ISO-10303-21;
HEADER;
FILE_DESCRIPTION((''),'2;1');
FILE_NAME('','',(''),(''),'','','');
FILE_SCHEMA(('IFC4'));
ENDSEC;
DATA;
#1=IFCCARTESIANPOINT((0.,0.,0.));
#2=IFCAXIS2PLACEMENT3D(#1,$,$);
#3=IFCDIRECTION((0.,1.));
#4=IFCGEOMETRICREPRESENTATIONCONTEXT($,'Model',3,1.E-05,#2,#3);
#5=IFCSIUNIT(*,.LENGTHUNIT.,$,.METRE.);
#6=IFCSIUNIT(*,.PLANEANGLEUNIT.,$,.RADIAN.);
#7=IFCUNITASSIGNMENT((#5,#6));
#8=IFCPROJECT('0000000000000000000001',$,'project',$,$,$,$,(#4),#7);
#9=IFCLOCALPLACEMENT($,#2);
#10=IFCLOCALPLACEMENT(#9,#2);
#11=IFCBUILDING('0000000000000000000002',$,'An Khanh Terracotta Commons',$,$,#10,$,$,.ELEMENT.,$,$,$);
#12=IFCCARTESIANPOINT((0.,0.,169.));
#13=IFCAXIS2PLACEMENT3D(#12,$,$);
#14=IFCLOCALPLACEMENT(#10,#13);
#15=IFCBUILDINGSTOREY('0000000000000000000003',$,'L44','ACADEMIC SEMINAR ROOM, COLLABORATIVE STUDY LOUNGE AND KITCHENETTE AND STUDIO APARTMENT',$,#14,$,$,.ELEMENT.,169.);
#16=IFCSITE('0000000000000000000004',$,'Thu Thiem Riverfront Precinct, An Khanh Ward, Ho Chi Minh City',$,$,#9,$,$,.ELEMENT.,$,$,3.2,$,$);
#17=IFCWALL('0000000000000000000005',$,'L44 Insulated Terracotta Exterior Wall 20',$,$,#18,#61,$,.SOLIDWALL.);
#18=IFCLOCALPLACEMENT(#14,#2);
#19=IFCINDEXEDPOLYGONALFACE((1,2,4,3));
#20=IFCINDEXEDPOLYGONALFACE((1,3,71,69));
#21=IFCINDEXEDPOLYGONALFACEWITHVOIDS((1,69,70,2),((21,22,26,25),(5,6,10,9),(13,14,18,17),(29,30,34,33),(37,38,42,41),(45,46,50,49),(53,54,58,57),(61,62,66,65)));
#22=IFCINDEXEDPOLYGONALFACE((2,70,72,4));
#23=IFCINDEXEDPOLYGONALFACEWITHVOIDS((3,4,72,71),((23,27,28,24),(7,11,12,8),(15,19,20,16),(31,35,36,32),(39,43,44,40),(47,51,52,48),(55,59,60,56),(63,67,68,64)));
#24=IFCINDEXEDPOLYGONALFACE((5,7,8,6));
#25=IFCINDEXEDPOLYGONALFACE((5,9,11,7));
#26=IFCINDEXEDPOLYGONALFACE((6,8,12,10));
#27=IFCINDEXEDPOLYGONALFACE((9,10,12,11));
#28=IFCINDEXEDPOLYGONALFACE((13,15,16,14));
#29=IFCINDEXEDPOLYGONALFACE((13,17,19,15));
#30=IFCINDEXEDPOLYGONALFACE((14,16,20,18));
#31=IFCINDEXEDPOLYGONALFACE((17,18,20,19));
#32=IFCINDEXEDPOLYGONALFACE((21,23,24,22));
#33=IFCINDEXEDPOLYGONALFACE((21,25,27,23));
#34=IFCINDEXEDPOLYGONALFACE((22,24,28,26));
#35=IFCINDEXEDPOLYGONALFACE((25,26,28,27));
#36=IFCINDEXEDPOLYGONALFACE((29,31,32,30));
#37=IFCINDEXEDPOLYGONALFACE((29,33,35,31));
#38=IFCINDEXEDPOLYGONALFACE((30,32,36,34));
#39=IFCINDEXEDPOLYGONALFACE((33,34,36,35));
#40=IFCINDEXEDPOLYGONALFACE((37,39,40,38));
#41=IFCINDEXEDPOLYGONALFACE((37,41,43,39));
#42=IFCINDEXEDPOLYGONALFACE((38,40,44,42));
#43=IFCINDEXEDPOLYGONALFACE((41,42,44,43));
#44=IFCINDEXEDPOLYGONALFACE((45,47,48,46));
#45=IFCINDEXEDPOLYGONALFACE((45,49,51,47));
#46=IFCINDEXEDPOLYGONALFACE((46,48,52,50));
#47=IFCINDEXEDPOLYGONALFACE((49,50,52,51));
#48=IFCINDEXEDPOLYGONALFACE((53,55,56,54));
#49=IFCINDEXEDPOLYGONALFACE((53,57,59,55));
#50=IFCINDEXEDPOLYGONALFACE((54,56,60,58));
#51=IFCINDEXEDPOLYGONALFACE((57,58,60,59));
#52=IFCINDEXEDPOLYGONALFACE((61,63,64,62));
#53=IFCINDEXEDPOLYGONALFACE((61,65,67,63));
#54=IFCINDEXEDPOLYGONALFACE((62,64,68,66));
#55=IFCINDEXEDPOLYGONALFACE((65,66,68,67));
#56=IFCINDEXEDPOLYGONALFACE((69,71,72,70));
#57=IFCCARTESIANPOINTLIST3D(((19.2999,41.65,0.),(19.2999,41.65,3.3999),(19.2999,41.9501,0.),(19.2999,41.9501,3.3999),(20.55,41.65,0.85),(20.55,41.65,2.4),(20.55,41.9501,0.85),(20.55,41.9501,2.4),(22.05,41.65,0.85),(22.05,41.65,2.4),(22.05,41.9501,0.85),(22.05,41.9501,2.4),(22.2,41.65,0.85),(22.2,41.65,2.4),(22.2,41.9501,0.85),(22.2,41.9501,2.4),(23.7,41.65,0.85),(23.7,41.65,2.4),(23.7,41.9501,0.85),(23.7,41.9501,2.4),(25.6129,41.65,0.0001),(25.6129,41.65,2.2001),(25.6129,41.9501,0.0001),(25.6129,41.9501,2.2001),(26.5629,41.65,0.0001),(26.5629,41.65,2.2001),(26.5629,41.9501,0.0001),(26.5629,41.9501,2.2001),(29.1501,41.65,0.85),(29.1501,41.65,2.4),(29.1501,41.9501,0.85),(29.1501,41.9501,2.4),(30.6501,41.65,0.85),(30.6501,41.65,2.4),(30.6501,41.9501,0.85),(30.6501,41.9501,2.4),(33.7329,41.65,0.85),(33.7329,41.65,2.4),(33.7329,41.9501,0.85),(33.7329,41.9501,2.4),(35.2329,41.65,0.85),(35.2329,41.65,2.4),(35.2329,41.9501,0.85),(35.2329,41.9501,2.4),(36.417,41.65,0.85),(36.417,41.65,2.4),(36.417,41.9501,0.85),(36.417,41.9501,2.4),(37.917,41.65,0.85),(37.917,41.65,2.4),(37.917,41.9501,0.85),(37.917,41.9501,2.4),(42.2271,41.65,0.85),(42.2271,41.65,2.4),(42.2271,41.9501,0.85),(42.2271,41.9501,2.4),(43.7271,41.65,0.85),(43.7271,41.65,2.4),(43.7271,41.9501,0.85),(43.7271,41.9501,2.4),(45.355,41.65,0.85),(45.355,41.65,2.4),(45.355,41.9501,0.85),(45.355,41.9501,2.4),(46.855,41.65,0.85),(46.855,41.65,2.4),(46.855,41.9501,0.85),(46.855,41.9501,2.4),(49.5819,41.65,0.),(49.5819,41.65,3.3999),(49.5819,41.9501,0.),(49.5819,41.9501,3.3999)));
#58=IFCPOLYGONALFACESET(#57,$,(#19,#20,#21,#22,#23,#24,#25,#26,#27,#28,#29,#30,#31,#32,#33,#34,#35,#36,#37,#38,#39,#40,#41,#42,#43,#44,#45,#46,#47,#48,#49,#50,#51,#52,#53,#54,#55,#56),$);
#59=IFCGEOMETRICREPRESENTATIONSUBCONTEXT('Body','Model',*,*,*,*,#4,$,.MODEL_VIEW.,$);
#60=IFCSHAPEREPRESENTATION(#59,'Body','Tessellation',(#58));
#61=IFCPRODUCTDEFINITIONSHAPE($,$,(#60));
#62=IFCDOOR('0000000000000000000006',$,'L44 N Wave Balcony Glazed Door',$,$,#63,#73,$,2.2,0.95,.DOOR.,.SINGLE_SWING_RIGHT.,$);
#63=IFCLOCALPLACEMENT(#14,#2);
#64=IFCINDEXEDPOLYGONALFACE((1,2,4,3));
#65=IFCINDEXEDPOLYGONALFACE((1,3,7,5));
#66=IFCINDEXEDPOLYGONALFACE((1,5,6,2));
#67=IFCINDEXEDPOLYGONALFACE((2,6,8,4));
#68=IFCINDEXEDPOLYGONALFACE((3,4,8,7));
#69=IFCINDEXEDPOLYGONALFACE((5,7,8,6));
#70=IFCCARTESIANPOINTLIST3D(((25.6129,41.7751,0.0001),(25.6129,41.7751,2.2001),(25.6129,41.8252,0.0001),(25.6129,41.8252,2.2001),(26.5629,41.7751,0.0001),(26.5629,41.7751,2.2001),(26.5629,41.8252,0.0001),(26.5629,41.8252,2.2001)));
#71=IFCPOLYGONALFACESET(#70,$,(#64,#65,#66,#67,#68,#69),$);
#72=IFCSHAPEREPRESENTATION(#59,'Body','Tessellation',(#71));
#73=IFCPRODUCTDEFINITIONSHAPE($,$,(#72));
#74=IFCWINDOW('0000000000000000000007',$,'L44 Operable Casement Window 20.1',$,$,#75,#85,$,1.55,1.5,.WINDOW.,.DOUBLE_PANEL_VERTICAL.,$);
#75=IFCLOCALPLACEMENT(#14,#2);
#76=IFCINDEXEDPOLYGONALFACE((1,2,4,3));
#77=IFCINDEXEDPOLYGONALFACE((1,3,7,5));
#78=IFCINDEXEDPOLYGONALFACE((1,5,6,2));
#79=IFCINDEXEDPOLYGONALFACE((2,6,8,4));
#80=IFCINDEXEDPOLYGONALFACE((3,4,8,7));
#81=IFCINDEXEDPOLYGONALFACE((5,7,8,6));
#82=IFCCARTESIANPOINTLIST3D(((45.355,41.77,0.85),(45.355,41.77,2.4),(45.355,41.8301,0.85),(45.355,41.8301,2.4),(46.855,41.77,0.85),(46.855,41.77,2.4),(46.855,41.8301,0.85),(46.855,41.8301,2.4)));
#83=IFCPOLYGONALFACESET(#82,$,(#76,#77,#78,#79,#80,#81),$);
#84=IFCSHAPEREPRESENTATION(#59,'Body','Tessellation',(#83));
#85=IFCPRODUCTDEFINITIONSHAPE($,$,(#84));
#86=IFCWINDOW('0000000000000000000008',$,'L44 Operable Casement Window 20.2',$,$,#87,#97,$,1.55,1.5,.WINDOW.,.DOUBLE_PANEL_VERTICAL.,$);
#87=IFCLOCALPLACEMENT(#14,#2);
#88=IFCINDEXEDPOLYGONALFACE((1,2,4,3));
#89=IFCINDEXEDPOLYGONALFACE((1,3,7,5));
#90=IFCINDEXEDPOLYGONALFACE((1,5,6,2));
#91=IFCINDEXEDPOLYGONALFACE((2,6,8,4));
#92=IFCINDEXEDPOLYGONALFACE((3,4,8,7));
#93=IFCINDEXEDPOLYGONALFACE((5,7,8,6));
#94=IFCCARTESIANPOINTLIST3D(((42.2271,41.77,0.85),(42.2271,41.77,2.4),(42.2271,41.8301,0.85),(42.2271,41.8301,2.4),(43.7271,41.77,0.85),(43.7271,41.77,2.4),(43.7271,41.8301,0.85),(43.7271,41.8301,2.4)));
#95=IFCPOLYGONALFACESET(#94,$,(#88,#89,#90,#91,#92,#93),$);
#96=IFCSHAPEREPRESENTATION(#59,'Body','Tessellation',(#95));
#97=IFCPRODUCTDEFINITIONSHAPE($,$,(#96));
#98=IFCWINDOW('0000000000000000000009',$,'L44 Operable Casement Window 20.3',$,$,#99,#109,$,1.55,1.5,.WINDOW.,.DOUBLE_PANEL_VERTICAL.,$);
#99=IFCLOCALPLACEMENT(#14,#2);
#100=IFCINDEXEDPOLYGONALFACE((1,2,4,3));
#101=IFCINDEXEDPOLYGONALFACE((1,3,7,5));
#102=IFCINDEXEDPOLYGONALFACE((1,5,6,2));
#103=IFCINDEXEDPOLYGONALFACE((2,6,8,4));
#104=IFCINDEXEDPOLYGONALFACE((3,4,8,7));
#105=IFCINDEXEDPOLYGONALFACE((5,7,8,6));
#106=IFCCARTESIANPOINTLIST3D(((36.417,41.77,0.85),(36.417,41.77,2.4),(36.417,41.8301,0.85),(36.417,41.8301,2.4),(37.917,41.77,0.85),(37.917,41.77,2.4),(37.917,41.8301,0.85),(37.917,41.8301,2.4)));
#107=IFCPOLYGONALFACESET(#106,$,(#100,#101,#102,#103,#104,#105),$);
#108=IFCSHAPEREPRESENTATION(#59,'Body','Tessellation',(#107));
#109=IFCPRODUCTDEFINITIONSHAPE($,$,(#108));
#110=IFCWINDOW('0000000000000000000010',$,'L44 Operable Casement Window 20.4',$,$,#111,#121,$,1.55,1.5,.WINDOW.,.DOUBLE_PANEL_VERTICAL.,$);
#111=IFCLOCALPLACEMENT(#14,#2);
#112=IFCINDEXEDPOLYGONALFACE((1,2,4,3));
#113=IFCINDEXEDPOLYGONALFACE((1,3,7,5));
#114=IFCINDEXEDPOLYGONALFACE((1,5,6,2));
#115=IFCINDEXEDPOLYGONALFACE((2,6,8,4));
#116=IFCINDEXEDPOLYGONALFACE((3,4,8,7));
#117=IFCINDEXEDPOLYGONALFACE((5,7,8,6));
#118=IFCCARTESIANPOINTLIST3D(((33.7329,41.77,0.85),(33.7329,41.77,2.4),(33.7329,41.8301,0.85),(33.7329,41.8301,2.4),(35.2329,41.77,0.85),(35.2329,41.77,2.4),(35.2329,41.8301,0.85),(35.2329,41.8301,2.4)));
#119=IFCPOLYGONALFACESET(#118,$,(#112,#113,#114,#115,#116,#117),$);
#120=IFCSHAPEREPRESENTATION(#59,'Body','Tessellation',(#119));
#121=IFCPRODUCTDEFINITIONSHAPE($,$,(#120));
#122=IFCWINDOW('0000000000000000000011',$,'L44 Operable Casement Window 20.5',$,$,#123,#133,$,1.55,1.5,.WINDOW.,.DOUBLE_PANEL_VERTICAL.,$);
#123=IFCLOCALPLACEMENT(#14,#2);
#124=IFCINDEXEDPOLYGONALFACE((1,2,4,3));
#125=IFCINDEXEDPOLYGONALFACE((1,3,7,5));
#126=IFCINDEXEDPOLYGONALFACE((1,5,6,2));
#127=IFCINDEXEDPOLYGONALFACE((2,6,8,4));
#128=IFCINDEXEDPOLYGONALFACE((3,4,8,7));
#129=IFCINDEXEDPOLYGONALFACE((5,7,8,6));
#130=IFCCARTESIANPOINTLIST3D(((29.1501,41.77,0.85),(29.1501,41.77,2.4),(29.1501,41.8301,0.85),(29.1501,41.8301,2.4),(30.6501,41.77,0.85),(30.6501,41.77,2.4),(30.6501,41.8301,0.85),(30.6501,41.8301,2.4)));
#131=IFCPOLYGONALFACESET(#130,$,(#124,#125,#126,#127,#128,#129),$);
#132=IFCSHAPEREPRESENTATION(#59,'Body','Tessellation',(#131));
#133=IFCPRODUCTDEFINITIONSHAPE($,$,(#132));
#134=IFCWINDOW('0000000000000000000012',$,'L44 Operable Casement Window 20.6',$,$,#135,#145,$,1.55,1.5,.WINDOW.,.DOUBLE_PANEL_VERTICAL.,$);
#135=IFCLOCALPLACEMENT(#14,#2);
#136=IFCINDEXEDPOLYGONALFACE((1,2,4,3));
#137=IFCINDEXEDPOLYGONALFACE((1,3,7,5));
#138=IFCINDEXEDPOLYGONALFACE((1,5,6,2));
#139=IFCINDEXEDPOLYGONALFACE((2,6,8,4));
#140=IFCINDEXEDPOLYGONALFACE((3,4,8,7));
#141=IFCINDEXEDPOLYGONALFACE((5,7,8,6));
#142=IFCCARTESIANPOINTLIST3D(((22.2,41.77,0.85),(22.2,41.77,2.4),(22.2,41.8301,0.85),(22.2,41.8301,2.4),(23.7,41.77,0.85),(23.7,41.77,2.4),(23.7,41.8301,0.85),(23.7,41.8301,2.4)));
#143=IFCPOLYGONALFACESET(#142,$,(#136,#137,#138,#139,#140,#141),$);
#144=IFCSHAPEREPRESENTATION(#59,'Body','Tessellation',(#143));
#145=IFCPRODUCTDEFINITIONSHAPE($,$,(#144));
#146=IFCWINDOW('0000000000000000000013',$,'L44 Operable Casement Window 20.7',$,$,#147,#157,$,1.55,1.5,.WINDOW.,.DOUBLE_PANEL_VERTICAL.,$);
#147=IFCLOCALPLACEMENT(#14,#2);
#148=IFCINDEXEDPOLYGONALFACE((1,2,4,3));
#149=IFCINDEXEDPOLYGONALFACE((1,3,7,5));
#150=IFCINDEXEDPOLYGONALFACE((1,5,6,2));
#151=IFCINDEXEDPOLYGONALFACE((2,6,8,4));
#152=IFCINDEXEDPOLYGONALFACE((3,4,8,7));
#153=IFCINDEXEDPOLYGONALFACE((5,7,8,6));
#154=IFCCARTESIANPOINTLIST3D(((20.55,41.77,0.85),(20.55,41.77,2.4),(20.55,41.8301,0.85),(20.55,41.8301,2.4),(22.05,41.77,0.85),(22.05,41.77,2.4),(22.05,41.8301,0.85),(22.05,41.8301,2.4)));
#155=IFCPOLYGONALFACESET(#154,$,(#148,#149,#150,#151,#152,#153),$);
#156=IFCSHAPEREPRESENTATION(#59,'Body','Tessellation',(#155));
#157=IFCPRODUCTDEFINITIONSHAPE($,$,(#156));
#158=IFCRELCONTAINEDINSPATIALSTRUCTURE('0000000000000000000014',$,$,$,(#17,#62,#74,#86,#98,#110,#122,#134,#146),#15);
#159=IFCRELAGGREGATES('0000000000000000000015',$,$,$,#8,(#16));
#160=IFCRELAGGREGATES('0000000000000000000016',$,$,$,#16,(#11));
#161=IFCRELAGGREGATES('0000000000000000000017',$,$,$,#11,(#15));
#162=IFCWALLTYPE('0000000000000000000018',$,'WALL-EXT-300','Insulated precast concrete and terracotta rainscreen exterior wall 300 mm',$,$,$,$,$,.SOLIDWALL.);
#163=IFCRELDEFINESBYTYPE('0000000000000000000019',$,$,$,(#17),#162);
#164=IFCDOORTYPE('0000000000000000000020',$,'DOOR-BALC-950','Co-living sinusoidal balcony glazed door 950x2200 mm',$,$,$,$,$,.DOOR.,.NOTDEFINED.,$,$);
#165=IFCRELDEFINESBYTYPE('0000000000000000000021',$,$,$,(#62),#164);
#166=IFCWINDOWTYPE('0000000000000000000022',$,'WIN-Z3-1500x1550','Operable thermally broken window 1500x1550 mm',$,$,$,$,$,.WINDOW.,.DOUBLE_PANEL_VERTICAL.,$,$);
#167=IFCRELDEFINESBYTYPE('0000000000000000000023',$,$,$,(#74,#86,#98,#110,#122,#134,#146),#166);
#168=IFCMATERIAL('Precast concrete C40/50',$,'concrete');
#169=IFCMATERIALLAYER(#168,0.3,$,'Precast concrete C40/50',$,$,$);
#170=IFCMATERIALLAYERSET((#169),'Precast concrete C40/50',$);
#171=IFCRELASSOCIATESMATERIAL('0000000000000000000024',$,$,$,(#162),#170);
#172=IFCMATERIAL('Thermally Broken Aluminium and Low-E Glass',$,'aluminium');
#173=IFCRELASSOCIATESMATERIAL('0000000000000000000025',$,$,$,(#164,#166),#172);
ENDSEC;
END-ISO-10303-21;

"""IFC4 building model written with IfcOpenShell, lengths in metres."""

from ifc_helpers import new_model, si_unit, direction, frame, frame_2d, origin, place, context, subcontext, project, spatial, rectangle, extrude, material, layer, layer_set, type_object, element, fill, save


model = new_model("IFC4")

# Units and contexts
model_context = context("Model", 3, precision=1e-05, world=origin(), true_north=direction((0.0, 1.0)))
body_context = subcontext(model_context, "Body", "Model", "MODEL_VIEW")
ifc_project = project(units=[si_unit("LENGTHUNIT", "METRE"), si_unit("PLANEANGLEUNIT", "RADIAN")], contexts=[model_context])

# Site, building, storey
site_placement = place(None, origin())
site = spatial("IfcSite", under=ifc_project, at=site_placement, Name="Thu Thiem Riverfront Precinct, An Khanh Ward, Ho Chi Minh City", CompositionType="ELEMENT", RefElevation=3.2)
building_placement = place(site_placement, origin())
building = spatial("IfcBuilding", under=site, at=building_placement, Name="An Khanh Terracotta Commons", CompositionType="ELEMENT")
storey_placement = place(building_placement, frame((0.0, 0.0, 169.0)))
storey = spatial("IfcBuildingStorey", under=building, at=storey_placement, Name="L44", Description="ACADEMIC SEMINAR ROOM, COLLABORATIVE STUDY LOUNGE AND KITCHENETTE AND STUDIO APARTMENT", CompositionType="ELEMENT", Elevation=169.0)

# Shared definitions
ifc_material_1 = material(Name="Precast concrete C40/50", Category="concrete")
ifc_layer_1 = layer(ifc_material_1, 0.3, Name="Precast concrete C40/50")
ifc_layer_set_1 = layer_set([ifc_layer_1], Name="Precast concrete C40/50")
wall_type_1 = type_object("IfcWallType", Name="WALL-EXT-300", Description="Insulated precast concrete and terracotta rainscreen exterior wall 300 mm", PredefinedType="SOLIDWALL", material=ifc_layer_set_1)

# Wall, openings, door, windows
wall_1_placement = place(storey_placement, frame((49.582, 41.8, 0.0), z_axis=(0.0, 0.0, 1.0), x_axis=(-1.0, 0.0, 0.0)))
wall_1 = element("IfcWall", 1, at=wall_1_placement, inside=storey, type_object=wall_type_1, Name="L44 Insulated Terracotta Exterior Wall 20", PredefinedType="SOLIDWALL", context=body_context, shape_type="SweptSolid", body=[
    extrude(rectangle(XDim=30.282, YDim=0.3, at=frame_2d((15.1411, 0.0))), origin(), (0.0, 0.0, 1.0), 3.3999),
])
opening_1_placement = place(wall_1_placement, frame((23.019, 0.0, 0.0)))
opening_1 = element("IfcOpeningElement", 2, at=opening_1_placement, cuts=wall_1, PredefinedType="OPENING", context=body_context, shape_type="SweptSolid", body=[
    extrude(rectangle(XDim=0.95, YDim=2.2, at=frame_2d((0.4751, 1.1001))), frame((0.0, 0.1599, 0.0), z_axis=(0.0, -1.0, 0.0), x_axis=(1.0, 0.0, 0.0)), (0.0, 0.0, 1.0), 0.3201),
])
opening_2_placement = place(wall_1_placement, frame((2.7271, 0.0, 0.8501)))
opening_2 = element("IfcOpeningElement", 3, at=opening_2_placement, cuts=wall_1, PredefinedType="OPENING", context=body_context, shape_type="SweptSolid", body=[
    extrude(rectangle(XDim=1.5, YDim=1.55, at=frame_2d((0.75, 0.7749))), frame((0.0, 0.1599, 0.0), z_axis=(0.0, -1.0, 0.0), x_axis=(1.0, 0.0, 0.0)), (0.0, 0.0, 1.0), 0.3201),
])
opening_3_placement = place(wall_1_placement, frame((5.855, 0.0, 0.8501)))
opening_3 = element("IfcOpeningElement", 4, at=opening_3_placement, cuts=wall_1, PredefinedType="OPENING", context=body_context, shape_type="SweptSolid", body=[
    extrude(rectangle(XDim=1.5, YDim=1.55, at=frame_2d((0.75, 0.7749))), frame((0.0, 0.1599, 0.0), z_axis=(0.0, -1.0, 0.0), x_axis=(1.0, 0.0, 0.0)), (0.0, 0.0, 1.0), 0.3201),
])
opening_4_placement = place(wall_1_placement, frame((11.665, 0.0, 0.8501)))
opening_4 = element("IfcOpeningElement", 5, at=opening_4_placement, cuts=wall_1, PredefinedType="OPENING", context=body_context, shape_type="SweptSolid", body=[
    extrude(rectangle(XDim=1.5, YDim=1.55, at=frame_2d((0.75, 0.7749))), frame((0.0, 0.1599, 0.0), z_axis=(0.0, -1.0, 0.0), x_axis=(1.0, 0.0, 0.0)), (0.0, 0.0, 1.0), 0.3201),
])
opening_5_placement = place(wall_1_placement, frame((14.3491, 0.0, 0.8501)))
opening_5 = element("IfcOpeningElement", 6, at=opening_5_placement, cuts=wall_1, PredefinedType="OPENING", context=body_context, shape_type="SweptSolid", body=[
    extrude(rectangle(XDim=1.5, YDim=1.55, at=frame_2d((0.75, 0.7749))), frame((0.0, 0.1599, 0.0), z_axis=(0.0, -1.0, 0.0), x_axis=(1.0, 0.0, 0.0)), (0.0, 0.0, 1.0), 0.3201),
])
opening_6_placement = place(wall_1_placement, frame((18.9319, 0.0, 0.8501)))
opening_6 = element("IfcOpeningElement", 7, at=opening_6_placement, cuts=wall_1, PredefinedType="OPENING", context=body_context, shape_type="SweptSolid", body=[
    extrude(rectangle(XDim=1.5, YDim=1.55, at=frame_2d((0.75, 0.7749))), frame((0.0, 0.1599, 0.0), z_axis=(0.0, -1.0, 0.0), x_axis=(1.0, 0.0, 0.0)), (0.0, 0.0, 1.0), 0.3201),
])
opening_7_placement = place(wall_1_placement, frame((25.8821, 0.0, 0.8501)))
opening_7 = element("IfcOpeningElement", 8, at=opening_7_placement, cuts=wall_1, PredefinedType="OPENING", context=body_context, shape_type="SweptSolid", body=[
    extrude(rectangle(XDim=1.5, YDim=1.55, at=frame_2d((0.75, 0.7749))), frame((0.0, 0.1599, 0.0), z_axis=(0.0, -1.0, 0.0), x_axis=(1.0, 0.0, 0.0)), (0.0, 0.0, 1.0), 0.3201),
])
opening_8_placement = place(wall_1_placement, frame((27.532, 0.0, 0.8501)))
opening_8 = element("IfcOpeningElement", 9, at=opening_8_placement, cuts=wall_1, PredefinedType="OPENING", context=body_context, shape_type="SweptSolid", body=[
    extrude(rectangle(XDim=1.5, YDim=1.55, at=frame_2d((0.75, 0.7749))), frame((0.0, 0.1599, 0.0), z_axis=(0.0, -1.0, 0.0), x_axis=(1.0, 0.0, 0.0)), (0.0, 0.0, 1.0), 0.3201),
])
ifc_material_2 = material(Name="Thermally Broken Aluminium and Low-E Glass", Category="aluminium")
door_type = type_object("IfcDoorType", Name="DOOR-BALC-950", Description="Co-living sinusoidal balcony glazed door 950x2200 mm", OperationType="NOTDEFINED", PredefinedType="DOOR", material=ifc_material_2)
door_placement = place(opening_1_placement, origin())
door = element("IfcDoor", 10, at=door_placement, inside=storey, type_object=door_type, Name="L44 N Wave Balcony Glazed Door", OperationType="SINGLE_SWING_RIGHT", OverallHeight=2.2, OverallWidth=0.95, PredefinedType="DOOR", context=body_context, shape_type="SweptSolid", body=[
    extrude(rectangle(XDim=0.95, YDim=2.2, at=frame_2d((0.4751, 1.1001))), frame((0.0, 0.0249, 0.0), z_axis=(0.0, -1.0, 0.0), x_axis=(1.0, 0.0, 0.0)), (0.0, 0.0, 1.0), 0.05),
])
fill(opening_1, door)
window_type = type_object("IfcWindowType", Name="WIN-Z3-1500x1550", Description="Operable thermally broken window 1500x1550 mm", PartitioningType="DOUBLE_PANEL_VERTICAL", PredefinedType="WINDOW", material=ifc_material_2)
window_1_placement = place(opening_2_placement, origin())
window_1 = element("IfcWindow", 11, at=window_1_placement, inside=storey, type_object=window_type, Name="L44 Operable Casement Window 20.1", OverallHeight=1.55, OverallWidth=1.5, PartitioningType="DOUBLE_PANEL_VERTICAL", PredefinedType="WINDOW", context=body_context, shape_type="SweptSolid", body=[
    extrude(rectangle(XDim=1.5, YDim=1.55, at=frame_2d((0.75, 0.7749))), frame((0.0, 0.03, 0.0), z_axis=(0.0, -1.0, 0.0), x_axis=(1.0, 0.0, 0.0)), (0.0, 0.0, 1.0), 0.0601),
])
fill(opening_2, window_1)
window_2_placement = place(opening_3_placement, origin())
window_2 = element("IfcWindow", 12, at=window_2_placement, inside=storey, type_object=window_type, Name="L44 Operable Casement Window 20.2", OverallHeight=1.55, OverallWidth=1.5, PartitioningType="DOUBLE_PANEL_VERTICAL", PredefinedType="WINDOW", context=body_context, shape_type="SweptSolid", body=[
    extrude(rectangle(XDim=1.5, YDim=1.55, at=frame_2d((0.75, 0.7749))), frame((0.0, 0.03, 0.0), z_axis=(0.0, -1.0, 0.0), x_axis=(1.0, 0.0, 0.0)), (0.0, 0.0, 1.0), 0.0601),
])
fill(opening_3, window_2)
window_3_placement = place(opening_4_placement, origin())
window_3 = element("IfcWindow", 13, at=window_3_placement, inside=storey, type_object=window_type, Name="L44 Operable Casement Window 20.3", OverallHeight=1.55, OverallWidth=1.5, PartitioningType="DOUBLE_PANEL_VERTICAL", PredefinedType="WINDOW", context=body_context, shape_type="SweptSolid", body=[
    extrude(rectangle(XDim=1.5, YDim=1.55, at=frame_2d((0.75, 0.7749))), frame((0.0, 0.03, 0.0), z_axis=(0.0, -1.0, 0.0), x_axis=(1.0, 0.0, 0.0)), (0.0, 0.0, 1.0), 0.0601),
])
fill(opening_4, window_3)
window_4_placement = place(opening_5_placement, origin())
window_4 = element("IfcWindow", 14, at=window_4_placement, inside=storey, type_object=window_type, Name="L44 Operable Casement Window 20.4", OverallHeight=1.55, OverallWidth=1.5, PartitioningType="DOUBLE_PANEL_VERTICAL", PredefinedType="WINDOW", context=body_context, shape_type="SweptSolid", body=[
    extrude(rectangle(XDim=1.5, YDim=1.55, at=frame_2d((0.75, 0.7749))), frame((0.0, 0.03, 0.0), z_axis=(0.0, -1.0, 0.0), x_axis=(1.0, 0.0, 0.0)), (0.0, 0.0, 1.0), 0.0601),
])
fill(opening_5, window_4)
window_5_placement = place(opening_6_placement, origin())
window_5 = element("IfcWindow", 15, at=window_5_placement, inside=storey, type_object=window_type, Name="L44 Operable Casement Window 20.5", OverallHeight=1.55, OverallWidth=1.5, PartitioningType="DOUBLE_PANEL_VERTICAL", PredefinedType="WINDOW", context=body_context, shape_type="SweptSolid", body=[
    extrude(rectangle(XDim=1.5, YDim=1.55, at=frame_2d((0.75, 0.7749))), frame((0.0, 0.03, 0.0), z_axis=(0.0, -1.0, 0.0), x_axis=(1.0, 0.0, 0.0)), (0.0, 0.0, 1.0), 0.0601),
])
fill(opening_6, window_5)
window_6_placement = place(opening_7_placement, origin())
window_6 = element("IfcWindow", 16, at=window_6_placement, inside=storey, type_object=window_type, Name="L44 Operable Casement Window 20.6", OverallHeight=1.55, OverallWidth=1.5, PartitioningType="DOUBLE_PANEL_VERTICAL", PredefinedType="WINDOW", context=body_context, shape_type="SweptSolid", body=[
    extrude(rectangle(XDim=1.5, YDim=1.55, at=frame_2d((0.75, 0.7749))), frame((0.0, 0.03, 0.0), z_axis=(0.0, -1.0, 0.0), x_axis=(1.0, 0.0, 0.0)), (0.0, 0.0, 1.0), 0.0601),
])
fill(opening_7, window_6)
window_7_placement = place(opening_8_placement, origin())
window_7 = element("IfcWindow", 17, at=window_7_placement, inside=storey, type_object=window_type, Name="L44 Operable Casement Window 20.7", OverallHeight=1.55, OverallWidth=1.5, PartitioningType="DOUBLE_PANEL_VERTICAL", PredefinedType="WINDOW", context=body_context, shape_type="SweptSolid", body=[
    extrude(rectangle(XDim=1.5, YDim=1.55, at=frame_2d((0.75, 0.7749))), frame((0.0, 0.03, 0.0), z_axis=(0.0, -1.0, 0.0), x_axis=(1.0, 0.0, 0.0)), (0.0, 0.0, 1.0), 0.0601),
])
fill(opening_8, window_7)

save(model, "model.ifc")
